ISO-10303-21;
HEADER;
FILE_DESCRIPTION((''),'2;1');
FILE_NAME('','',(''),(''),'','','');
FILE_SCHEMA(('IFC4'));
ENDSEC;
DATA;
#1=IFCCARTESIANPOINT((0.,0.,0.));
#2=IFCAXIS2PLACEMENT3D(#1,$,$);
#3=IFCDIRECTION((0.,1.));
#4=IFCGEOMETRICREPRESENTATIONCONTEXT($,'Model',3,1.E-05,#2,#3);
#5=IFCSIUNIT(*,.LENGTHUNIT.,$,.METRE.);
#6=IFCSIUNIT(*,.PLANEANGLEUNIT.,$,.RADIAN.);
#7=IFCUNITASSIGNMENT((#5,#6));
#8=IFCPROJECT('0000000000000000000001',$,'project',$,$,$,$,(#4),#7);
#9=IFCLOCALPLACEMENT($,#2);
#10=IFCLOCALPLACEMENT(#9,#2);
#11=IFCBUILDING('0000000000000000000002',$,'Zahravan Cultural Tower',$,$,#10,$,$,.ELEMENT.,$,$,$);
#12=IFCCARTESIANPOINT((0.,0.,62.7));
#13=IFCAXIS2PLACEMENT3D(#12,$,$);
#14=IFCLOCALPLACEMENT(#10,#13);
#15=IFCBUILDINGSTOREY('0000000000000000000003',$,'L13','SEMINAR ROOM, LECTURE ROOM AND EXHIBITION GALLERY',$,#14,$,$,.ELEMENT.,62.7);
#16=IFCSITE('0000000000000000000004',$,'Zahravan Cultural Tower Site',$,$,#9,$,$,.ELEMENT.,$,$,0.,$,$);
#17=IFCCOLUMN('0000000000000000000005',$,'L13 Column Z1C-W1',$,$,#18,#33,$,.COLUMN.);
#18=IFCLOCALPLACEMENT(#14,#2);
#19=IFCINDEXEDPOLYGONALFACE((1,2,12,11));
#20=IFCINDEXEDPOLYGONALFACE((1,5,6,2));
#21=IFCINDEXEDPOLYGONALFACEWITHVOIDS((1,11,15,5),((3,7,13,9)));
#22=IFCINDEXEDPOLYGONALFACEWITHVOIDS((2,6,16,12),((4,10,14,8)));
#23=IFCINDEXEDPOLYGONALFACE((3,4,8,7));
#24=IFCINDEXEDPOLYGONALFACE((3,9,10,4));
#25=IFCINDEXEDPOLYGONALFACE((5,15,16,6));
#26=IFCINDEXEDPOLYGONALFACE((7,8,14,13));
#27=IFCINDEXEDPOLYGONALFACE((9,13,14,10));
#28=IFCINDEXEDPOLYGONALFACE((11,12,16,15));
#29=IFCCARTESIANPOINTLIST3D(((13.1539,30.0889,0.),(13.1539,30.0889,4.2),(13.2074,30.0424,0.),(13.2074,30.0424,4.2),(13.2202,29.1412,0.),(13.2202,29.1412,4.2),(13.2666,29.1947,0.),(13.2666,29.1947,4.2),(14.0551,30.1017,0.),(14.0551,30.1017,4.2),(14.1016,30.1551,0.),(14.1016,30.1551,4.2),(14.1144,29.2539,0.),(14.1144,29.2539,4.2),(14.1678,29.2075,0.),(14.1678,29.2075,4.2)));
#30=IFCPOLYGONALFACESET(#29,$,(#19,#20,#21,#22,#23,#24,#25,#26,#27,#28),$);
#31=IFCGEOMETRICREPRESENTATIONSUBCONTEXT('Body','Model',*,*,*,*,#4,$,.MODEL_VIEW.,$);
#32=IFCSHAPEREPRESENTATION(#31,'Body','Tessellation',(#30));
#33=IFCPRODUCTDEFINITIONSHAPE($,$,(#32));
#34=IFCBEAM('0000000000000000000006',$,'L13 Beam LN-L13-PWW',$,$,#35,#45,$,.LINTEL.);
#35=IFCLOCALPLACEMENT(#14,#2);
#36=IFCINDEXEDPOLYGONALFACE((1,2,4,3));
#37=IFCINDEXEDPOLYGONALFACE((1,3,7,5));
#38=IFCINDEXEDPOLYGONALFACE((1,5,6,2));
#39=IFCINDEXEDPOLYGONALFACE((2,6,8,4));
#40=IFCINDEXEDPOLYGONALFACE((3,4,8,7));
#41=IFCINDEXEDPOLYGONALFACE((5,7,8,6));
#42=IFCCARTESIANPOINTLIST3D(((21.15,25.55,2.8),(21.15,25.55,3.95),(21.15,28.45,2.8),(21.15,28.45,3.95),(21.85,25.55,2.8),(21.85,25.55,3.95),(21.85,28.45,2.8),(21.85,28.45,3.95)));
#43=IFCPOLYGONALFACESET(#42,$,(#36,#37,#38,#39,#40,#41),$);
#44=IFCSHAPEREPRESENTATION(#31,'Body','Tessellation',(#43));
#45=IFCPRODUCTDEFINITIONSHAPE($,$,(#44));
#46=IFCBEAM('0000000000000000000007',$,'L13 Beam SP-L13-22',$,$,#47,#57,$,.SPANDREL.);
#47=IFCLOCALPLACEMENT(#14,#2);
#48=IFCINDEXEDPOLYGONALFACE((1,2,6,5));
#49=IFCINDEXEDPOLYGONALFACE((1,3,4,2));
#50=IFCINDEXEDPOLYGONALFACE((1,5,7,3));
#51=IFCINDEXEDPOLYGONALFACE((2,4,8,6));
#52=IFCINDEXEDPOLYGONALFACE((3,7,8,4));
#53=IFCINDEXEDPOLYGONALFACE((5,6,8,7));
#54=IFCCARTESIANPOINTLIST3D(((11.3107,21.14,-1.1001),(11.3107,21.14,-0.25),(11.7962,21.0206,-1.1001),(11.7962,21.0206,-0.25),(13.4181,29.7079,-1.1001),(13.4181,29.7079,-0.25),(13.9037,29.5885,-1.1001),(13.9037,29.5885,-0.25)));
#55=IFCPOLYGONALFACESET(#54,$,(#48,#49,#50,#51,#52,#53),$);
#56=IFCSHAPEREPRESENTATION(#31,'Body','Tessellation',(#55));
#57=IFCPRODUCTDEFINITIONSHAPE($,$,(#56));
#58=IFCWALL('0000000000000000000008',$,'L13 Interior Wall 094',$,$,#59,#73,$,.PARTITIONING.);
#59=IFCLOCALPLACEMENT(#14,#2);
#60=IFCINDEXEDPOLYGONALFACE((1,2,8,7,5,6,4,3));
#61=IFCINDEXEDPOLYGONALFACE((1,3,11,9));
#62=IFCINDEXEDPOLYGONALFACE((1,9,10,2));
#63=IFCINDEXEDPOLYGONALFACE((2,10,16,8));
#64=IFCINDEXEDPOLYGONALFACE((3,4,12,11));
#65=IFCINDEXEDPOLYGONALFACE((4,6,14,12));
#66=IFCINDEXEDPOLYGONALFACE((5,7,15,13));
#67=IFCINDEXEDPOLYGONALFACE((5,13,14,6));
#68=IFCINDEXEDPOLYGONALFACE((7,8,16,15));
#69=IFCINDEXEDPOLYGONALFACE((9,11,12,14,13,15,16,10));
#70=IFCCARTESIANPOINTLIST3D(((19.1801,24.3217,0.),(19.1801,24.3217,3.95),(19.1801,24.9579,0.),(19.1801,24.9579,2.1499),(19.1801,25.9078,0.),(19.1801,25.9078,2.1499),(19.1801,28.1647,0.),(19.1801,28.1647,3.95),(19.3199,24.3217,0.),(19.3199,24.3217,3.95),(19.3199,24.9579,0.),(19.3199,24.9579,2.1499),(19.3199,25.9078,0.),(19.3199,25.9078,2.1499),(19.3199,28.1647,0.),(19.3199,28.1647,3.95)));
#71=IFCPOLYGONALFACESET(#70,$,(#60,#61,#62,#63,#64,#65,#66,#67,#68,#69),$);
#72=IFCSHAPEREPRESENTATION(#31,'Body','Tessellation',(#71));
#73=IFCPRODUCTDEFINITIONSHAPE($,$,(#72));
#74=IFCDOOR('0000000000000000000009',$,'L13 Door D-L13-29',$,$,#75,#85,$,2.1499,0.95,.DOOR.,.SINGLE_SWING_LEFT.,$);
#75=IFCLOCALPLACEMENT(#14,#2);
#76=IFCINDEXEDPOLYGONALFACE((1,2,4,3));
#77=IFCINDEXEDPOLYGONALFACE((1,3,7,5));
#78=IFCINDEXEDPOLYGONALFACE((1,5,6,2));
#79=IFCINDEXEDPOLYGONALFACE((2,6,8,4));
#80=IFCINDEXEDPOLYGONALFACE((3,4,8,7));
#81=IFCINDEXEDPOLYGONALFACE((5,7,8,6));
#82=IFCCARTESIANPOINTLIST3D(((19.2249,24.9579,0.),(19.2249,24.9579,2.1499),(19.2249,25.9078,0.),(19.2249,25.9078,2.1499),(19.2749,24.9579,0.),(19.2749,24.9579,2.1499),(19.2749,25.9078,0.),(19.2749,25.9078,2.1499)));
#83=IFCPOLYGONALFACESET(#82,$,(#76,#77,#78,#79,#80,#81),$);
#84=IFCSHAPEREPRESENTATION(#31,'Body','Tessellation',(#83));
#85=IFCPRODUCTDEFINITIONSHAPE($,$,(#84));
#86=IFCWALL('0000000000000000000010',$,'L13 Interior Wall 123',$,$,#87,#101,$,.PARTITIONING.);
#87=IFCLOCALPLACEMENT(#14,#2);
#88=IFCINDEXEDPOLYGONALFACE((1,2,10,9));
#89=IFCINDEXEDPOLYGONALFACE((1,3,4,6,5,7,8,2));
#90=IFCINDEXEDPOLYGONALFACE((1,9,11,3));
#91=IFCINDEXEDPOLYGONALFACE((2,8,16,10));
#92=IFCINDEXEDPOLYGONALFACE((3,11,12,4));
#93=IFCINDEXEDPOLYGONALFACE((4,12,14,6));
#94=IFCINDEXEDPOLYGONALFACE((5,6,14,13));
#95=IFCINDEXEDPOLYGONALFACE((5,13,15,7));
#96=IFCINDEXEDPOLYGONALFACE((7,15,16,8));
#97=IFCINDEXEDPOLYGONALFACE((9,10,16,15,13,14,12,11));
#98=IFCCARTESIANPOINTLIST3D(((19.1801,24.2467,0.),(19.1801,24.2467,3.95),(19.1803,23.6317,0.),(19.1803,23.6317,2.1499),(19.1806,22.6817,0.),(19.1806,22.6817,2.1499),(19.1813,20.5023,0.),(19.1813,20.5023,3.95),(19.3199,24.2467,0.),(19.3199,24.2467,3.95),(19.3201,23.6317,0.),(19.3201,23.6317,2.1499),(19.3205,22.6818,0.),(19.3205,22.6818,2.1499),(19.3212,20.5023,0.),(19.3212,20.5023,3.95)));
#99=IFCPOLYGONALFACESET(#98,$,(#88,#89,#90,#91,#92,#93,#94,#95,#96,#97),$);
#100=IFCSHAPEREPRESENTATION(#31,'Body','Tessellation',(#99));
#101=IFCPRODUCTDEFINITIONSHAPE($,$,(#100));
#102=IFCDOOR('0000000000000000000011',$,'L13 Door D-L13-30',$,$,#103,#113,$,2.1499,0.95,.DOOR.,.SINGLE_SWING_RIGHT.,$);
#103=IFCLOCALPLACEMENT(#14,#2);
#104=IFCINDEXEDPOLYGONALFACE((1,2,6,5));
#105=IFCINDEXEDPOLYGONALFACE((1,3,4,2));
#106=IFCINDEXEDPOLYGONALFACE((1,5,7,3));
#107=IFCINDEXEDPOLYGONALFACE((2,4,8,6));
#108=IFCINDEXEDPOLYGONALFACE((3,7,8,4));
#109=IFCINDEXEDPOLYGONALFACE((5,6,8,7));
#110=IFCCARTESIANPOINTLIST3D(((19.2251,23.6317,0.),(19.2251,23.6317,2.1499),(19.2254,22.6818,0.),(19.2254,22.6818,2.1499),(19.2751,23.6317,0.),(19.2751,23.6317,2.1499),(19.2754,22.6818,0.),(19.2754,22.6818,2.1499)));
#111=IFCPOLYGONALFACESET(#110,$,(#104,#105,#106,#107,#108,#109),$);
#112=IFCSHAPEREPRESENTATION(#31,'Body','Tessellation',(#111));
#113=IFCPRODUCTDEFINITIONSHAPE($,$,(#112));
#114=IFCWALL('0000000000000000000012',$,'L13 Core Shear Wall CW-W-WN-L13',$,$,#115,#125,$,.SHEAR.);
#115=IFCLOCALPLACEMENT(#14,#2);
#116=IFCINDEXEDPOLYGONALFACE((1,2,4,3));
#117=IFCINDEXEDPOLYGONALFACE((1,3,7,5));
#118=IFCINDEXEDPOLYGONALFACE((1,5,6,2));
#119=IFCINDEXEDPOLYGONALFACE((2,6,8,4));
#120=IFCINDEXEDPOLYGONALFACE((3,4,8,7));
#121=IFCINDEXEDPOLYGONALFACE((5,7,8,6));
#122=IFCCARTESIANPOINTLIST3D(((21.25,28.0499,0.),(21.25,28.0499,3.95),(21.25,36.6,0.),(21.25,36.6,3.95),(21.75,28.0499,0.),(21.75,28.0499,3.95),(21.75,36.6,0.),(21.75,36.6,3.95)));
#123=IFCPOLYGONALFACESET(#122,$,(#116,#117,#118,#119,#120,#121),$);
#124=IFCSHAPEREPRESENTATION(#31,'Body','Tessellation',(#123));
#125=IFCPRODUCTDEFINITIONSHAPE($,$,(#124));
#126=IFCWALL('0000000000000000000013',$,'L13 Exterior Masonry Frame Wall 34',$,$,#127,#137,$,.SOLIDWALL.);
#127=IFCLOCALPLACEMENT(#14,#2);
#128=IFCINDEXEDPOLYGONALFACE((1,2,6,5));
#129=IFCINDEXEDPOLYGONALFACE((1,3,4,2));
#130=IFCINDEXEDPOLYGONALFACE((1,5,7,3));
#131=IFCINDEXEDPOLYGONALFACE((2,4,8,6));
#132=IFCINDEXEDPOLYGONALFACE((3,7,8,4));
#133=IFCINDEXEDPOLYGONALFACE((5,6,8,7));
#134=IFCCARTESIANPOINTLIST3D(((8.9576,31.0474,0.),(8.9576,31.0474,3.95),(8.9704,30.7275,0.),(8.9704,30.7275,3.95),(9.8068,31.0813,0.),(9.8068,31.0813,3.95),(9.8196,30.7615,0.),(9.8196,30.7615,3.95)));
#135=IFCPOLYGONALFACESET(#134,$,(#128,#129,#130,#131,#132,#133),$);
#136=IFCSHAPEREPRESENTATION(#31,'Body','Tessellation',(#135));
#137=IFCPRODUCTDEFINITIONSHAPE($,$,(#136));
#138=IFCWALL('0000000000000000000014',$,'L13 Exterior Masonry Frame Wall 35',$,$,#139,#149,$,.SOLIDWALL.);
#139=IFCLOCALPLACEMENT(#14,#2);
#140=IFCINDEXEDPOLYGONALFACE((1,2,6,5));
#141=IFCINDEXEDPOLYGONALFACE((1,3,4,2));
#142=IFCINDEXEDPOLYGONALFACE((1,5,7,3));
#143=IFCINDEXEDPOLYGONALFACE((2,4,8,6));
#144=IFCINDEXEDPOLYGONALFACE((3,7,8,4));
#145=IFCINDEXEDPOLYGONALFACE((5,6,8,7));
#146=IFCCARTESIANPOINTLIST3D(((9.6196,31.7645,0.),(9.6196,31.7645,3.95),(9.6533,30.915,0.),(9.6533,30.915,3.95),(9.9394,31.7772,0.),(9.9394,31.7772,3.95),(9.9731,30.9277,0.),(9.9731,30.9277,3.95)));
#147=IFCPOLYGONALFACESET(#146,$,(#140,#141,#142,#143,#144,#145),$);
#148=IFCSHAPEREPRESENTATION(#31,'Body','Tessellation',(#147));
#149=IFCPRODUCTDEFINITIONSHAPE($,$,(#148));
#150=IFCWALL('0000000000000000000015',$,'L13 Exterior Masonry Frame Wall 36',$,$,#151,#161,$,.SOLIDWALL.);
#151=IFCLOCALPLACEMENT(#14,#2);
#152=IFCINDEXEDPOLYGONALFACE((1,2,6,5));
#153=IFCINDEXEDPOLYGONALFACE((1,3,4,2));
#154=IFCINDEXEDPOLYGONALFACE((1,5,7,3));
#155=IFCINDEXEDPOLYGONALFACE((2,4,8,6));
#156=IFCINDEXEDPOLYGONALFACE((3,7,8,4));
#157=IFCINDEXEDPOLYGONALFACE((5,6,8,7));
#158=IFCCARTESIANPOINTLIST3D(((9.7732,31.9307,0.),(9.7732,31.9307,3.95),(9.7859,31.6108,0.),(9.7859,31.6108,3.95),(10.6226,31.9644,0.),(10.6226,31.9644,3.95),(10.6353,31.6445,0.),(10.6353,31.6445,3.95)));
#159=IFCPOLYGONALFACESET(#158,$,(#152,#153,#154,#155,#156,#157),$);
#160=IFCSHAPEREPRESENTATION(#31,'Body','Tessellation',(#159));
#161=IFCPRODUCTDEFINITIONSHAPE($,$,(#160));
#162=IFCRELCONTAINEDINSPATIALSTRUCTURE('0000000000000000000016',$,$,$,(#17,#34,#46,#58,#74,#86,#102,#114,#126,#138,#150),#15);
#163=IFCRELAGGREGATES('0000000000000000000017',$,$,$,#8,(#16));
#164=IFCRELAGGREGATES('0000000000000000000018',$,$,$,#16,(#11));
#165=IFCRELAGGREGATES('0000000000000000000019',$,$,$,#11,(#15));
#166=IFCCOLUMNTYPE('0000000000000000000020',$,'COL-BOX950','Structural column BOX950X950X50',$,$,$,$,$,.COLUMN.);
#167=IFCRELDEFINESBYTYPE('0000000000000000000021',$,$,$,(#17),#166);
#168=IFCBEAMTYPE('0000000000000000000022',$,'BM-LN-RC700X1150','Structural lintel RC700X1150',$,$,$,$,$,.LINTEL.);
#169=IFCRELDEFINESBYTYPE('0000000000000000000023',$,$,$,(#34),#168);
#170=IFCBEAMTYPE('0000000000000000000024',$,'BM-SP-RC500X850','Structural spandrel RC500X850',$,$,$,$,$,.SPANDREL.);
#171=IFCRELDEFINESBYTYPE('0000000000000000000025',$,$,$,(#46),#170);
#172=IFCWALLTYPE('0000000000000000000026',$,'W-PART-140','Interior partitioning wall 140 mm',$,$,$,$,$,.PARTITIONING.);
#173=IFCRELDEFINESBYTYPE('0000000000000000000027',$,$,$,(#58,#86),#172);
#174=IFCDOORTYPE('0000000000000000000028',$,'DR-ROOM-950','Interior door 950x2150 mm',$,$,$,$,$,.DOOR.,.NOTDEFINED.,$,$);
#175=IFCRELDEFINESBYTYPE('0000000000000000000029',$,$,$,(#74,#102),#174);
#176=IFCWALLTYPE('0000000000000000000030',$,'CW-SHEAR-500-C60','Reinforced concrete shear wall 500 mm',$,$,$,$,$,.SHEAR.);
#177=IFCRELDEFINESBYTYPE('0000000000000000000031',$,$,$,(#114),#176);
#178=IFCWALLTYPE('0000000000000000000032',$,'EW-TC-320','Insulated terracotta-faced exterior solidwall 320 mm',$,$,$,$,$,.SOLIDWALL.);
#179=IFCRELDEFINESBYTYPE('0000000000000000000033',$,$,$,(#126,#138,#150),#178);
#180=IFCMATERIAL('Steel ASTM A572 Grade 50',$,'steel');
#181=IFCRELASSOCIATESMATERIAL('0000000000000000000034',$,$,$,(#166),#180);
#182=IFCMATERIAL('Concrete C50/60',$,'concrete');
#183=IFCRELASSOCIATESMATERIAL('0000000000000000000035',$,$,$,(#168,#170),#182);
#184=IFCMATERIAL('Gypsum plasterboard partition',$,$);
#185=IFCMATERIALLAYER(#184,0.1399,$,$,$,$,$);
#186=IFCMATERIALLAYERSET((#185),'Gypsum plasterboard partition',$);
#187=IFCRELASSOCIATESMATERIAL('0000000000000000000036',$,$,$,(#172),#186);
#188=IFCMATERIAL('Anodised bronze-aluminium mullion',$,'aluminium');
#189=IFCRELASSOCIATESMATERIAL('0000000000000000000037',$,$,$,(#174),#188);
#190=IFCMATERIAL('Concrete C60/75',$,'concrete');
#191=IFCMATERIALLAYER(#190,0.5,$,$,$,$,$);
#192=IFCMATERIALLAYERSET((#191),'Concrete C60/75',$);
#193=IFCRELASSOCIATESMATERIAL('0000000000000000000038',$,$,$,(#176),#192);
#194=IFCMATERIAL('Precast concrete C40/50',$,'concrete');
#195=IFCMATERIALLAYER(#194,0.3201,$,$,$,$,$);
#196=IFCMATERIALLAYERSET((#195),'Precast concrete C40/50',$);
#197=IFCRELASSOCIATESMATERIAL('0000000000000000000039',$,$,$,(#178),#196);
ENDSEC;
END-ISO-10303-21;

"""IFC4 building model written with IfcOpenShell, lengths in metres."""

from ifc_helpers import new_model, si_unit, direction, frame, frame_2d, origin, origin_2d, place, context, subcontext, project, spatial, rectangle, hollow_rectangle, extrude, source, transform, mapped, material, layer, layer_set, material_profile, profile_set, type_object, element, fill, save


model = new_model("IFC4")

# Units and contexts
model_context = context("Model", 3, precision=1e-05, world=origin(), true_north=direction((0.0, 1.0)))
body_context = subcontext(model_context, "Body", "Model", "MODEL_VIEW")
ifc_project = project(units=[si_unit("LENGTHUNIT", "METRE"), si_unit("PLANEANGLEUNIT", "RADIAN")], contexts=[model_context])

# Site, building, storey
site_placement = place(None, origin())
site = spatial("IfcSite", under=ifc_project, at=site_placement, Name="Zahravan Cultural Tower Site", CompositionType="ELEMENT", RefElevation=0.0)
building_placement = place(site_placement, origin())
building = spatial("IfcBuilding", under=site, at=building_placement, Name="Zahravan Cultural Tower", CompositionType="ELEMENT")
storey_placement = place(building_placement, frame((0.0, 0.0, 62.7)))
storey = spatial("IfcBuildingStorey", under=building, at=storey_placement, Name="L13", Description="SEMINAR ROOM, LECTURE ROOM AND EXHIBITION GALLERY", CompositionType="ELEMENT", Elevation=62.7)

# Column
ifc_material_1 = material(Name="Steel ASTM A572 Grade 50", Category="steel")
ifc_material_profile_1 = material_profile(ifc_material_1, hollow_rectangle(XDim=0.95, YDim=0.95, WallThickness=0.05, at=origin_2d()), Name="BOX950X950X50")
ifc_profile_set_1 = profile_set([ifc_material_profile_1], Name="Steel ASTM A572 Grade 50")
column_type = type_object("IfcColumnType", Name="COL-BOX950", Description="Structural column BOX950X950X50", PredefinedType="COLUMN", material=ifc_profile_set_1)
shared_shape_1 = source(origin(), body_context, "Body", "SweptSolid", [
    extrude(hollow_rectangle(XDim=0.95, YDim=0.95, WallThickness=0.05, at=origin_2d()), origin(), (0.0, 0.0, 1.0), 4.2),
])
column_placement = place(storey_placement, frame((13.6609, 29.6482, 0.0), z_axis=(0.0, 0.0, 1.0), x_axis=(0.997564, 0.069756, 0.0)))
element("IfcColumn", 1, at=column_placement, inside=storey, type_object=column_type, Name="L13 Column Z1C-W1", PredefinedType="COLUMN", context=body_context, shape_type="MappedRepresentation", body=[
    mapped(shared_shape_1, transform((0.0, 0.0, 0.0), x_axis=(1.0, 0.0, 0.0), y_axis=(0.0, 1.0, 0.0), z_axis=(0.0, 0.0, 1.0), scale=1.0)),
])

# Beams
ifc_material_2 = material(Name="Concrete C50/60", Category="concrete")
ifc_material_profile_2 = material_profile(ifc_material_2, rectangle(XDim=0.7, YDim=1.1499, at=origin_2d()), Name="RC700X1150")
ifc_profile_set_2 = profile_set([ifc_material_profile_2], Name="Concrete C50/60")
beam_type_1 = type_object("IfcBeamType", Name="BM-LN-RC700X1150", Description="Structural lintel RC700X1150", PredefinedType="LINTEL", material=ifc_profile_set_2)
shared_shape_2 = source(origin(), body_context, "Body", "SweptSolid", [
    extrude(rectangle(XDim=0.7, YDim=1.1499, at=origin_2d()), origin(), (0.0, 0.0, 1.0), 2.8999),
])
beam_1_placement = place(storey_placement, frame((21.5, 25.55, 3.375), z_axis=(0.0, 1.0, 0.0), x_axis=(-1.0, 0.0, 0.0)))
element("IfcBeam", 2, at=beam_1_placement, inside=storey, type_object=beam_type_1, Name="L13 Beam LN-L13-PWW", PredefinedType="LINTEL", context=body_context, shape_type="MappedRepresentation", body=[
    mapped(shared_shape_2, transform((0.0, 0.0, 0.0), x_axis=(1.0, 0.0, 0.0), y_axis=(0.0, 1.0, 0.0), z_axis=(0.0, 0.0, 1.0), scale=1.0)),
])
ifc_material_profile_3 = material_profile(ifc_material_2, rectangle(XDim=0.5, YDim=0.8501, at=origin_2d()), Name="RC500X850")
ifc_profile_set_3 = profile_set([ifc_material_profile_3], Name="Concrete C50/60")
beam_type_2 = type_object("IfcBeamType", Name="BM-SP-RC500X850", Description="Structural spandrel RC500X850", PredefinedType="SPANDREL", material=ifc_profile_set_3)
shared_shape_3 = source(origin(), body_context, "Body", "SweptSolid", [
    extrude(rectangle(XDim=0.5, YDim=0.8501, at=origin_2d()), origin(), (0.0, 0.0, 1.0), 8.8232),
])
beam_2_placement = place(storey_placement, frame((13.6609, 29.6482, -0.675), z_axis=(-0.238849, -0.971057, 0.0), x_axis=(0.971057, -0.238849, 0.0)))
element("IfcBeam", 3, at=beam_2_placement, inside=storey, type_object=beam_type_2, Name="L13 Beam SP-L13-22", PredefinedType="SPANDREL", context=body_context, shape_type="MappedRepresentation", body=[
    mapped(shared_shape_3, transform((0.0, 0.0, 0.0), x_axis=(1.0, 0.0, 0.0), y_axis=(0.0, 1.0, 0.0), z_axis=(0.0, 0.0, 1.0), scale=1.0)),
])

# Walls, openings, doors
ifc_material_3 = material(Name="Gypsum plasterboard partition")
ifc_layer_1 = layer(ifc_material_3, 0.1399)
ifc_layer_set_1 = layer_set([ifc_layer_1], Name="Gypsum plasterboard partition")
wall_type_1 = type_object("IfcWallType", Name="W-PART-140", Description="Interior partitioning wall 140 mm", PredefinedType="PARTITIONING", material=ifc_layer_set_1)
wall_1_placement = place(storey_placement, frame((19.25, 28.1646, 0.0), z_axis=(0.0, 0.0, 1.0), x_axis=(0.0, -1.0, 0.0)))
wall_1 = element("IfcWall", 4, at=wall_1_placement, inside=storey, type_object=wall_type_1, Name="L13 Interior Wall 094", PredefinedType="PARTITIONING", context=body_context, shape_type="SweptSolid", body=[
    extrude(rectangle(XDim=3.843, YDim=0.1399, at=frame_2d((1.9214, 0.0))), origin(), (0.0, 0.0, 1.0), 3.95),
])
opening_1_placement = place(wall_1_placement, frame((2.2566, 0.0, 0.0)))
opening_1 = element("IfcOpeningElement", 5, at=opening_1_placement, cuts=wall_1, PredefinedType="OPENING", context=body_context, shape_type="SweptSolid", body=[
    extrude(rectangle(XDim=0.95, YDim=2.1499, at=frame_2d((0.4751, 1.075))), frame((0.0, 0.0798, 0.0), z_axis=(0.0, -1.0, 0.0), x_axis=(1.0, 0.0, 0.0)), (0.0, 0.0, 1.0), 0.1599),
])
ifc_material_4 = material(Name="Anodised bronze-aluminium mullion", Category="aluminium")
door_type = type_object("IfcDoorType", Name="DR-ROOM-950", Description="Interior door 950x2150 mm", OperationType="NOTDEFINED", PredefinedType="DOOR", material=ifc_material_4)
shared_shape_4 = source(origin(), body_context, "Body", "SweptSolid", [
    extrude(rectangle(XDim=0.95, YDim=2.1499, at=frame_2d((0.4751, 1.075))), frame((0.0, 0.0249, 0.0), z_axis=(0.0, -1.0, 0.0), x_axis=(1.0, 0.0, 0.0)), (0.0, 0.0, 1.0), 0.05),
])
door_1_placement = place(opening_1_placement, origin())
door_1 = element("IfcDoor", 6, at=door_1_placement, inside=storey, type_object=door_type, Name="L13 Door D-L13-29", OperationType="SINGLE_SWING_LEFT", OverallHeight=2.1499, OverallWidth=0.95, PredefinedType="DOOR", context=body_context, shape_type="MappedRepresentation", body=[
    mapped(shared_shape_4, transform((0.0, 0.0, 0.0), x_axis=(1.0, 0.0, 0.0), y_axis=(0.0, 1.0, 0.0), z_axis=(0.0, 0.0, 1.0), scale=1.0)),
])
fill(opening_1, door_1)
wall_2_placement = place(storey_placement, frame((19.25, 24.2466, 0.0), z_axis=(0.0, 0.0, 1.0), x_axis=(0.000326, -1.0, 0.0)))
wall_2 = element("IfcWall", 7, at=wall_2_placement, inside=storey, type_object=wall_type_1, Name="L13 Interior Wall 123", PredefinedType="PARTITIONING", context=body_context, shape_type="SweptSolid", body=[
    extrude(rectangle(XDim=3.7444, YDim=0.1399, at=frame_2d((1.8721, 0.0))), origin(), (0.0, 0.0, 1.0), 3.95),
])
opening_2_placement = place(wall_2_placement, frame((0.6147, 0.0, 0.0)))
opening_2 = element("IfcOpeningElement", 8, at=opening_2_placement, cuts=wall_2, PredefinedType="OPENING", context=body_context, shape_type="SweptSolid", body=[
    extrude(rectangle(XDim=0.95, YDim=2.1499, at=frame_2d((0.4751, 1.075))), frame((0.0, 0.0798, 0.0), z_axis=(0.0, -1.0, 0.0), x_axis=(1.0, 0.0, 0.0)), (0.0, 0.0, 1.0), 0.1599),
])
door_2_placement = place(opening_2_placement, origin())
door_2 = element("IfcDoor", 9, at=door_2_placement, inside=storey, type_object=door_type, Name="L13 Door D-L13-30", OperationType="SINGLE_SWING_RIGHT", OverallHeight=2.1499, OverallWidth=0.95, PredefinedType="DOOR", context=body_context, shape_type="MappedRepresentation", body=[
    mapped(shared_shape_4, transform((0.0, 0.0, 0.0), x_axis=(1.0, 0.0, 0.0), y_axis=(0.0, 1.0, 0.0), z_axis=(0.0, 0.0, 1.0), scale=1.0)),
])
fill(opening_2, door_2)

# Walls
ifc_material_5 = material(Name="Concrete C60/75", Category="concrete")
ifc_layer_2 = layer(ifc_material_5, 0.5)
ifc_layer_set_2 = layer_set([ifc_layer_2], Name="Concrete C60/75")
wall_type_2 = type_object("IfcWallType", Name="CW-SHEAR-500-C60", Description="Reinforced concrete shear wall 500 mm", PredefinedType="SHEAR", material=ifc_layer_set_2)
shared_shape_5 = source(origin(), body_context, "Body", "SweptSolid", [
    extrude(rectangle(XDim=8.55, YDim=0.5, at=frame_2d((4.2749, 0.0))), origin(), (0.0, 0.0, 1.0), 3.95),
])
wall_3_placement = place(storey_placement, frame((21.5, 28.05, 0.0), z_axis=(0.0, 0.0, 1.0), x_axis=(0.0, 1.0, 0.0)))
element("IfcWall", 10, at=wall_3_placement, inside=storey, type_object=wall_type_2, Name="L13 Core Shear Wall CW-W-WN-L13", PredefinedType="SHEAR", context=body_context, shape_type="MappedRepresentation", body=[
    mapped(shared_shape_5, transform((0.0, 0.0, 0.0), x_axis=(1.0, 0.0, 0.0), y_axis=(0.0, 1.0, 0.0), z_axis=(0.0, 0.0, 1.0), scale=1.0)),
])
ifc_material_6 = material(Name="Precast concrete C40/50", Category="concrete")
ifc_layer_3 = layer(ifc_material_6, 0.3201)
ifc_layer_set_3 = layer_set([ifc_layer_3], Name="Precast concrete C40/50")
wall_type_3 = type_object("IfcWallType", Name="EW-TC-320", Description="Insulated terracotta-faced exterior solidwall 320 mm", PredefinedType="SOLIDWALL", material=ifc_layer_set_3)
shared_shape_6 = source(origin(), body_context, "Body", "SweptSolid", [
    extrude(rectangle(XDim=0.8499, YDim=0.3201, at=frame_2d((0.4248, 0.0))), origin(), (0.0, 0.0, 1.0), 3.95),
])
wall_4_placement = place(storey_placement, frame((8.9641, 30.8875, 0.0), z_axis=(0.0, 0.0, 1.0), x_axis=(0.999202, 0.039934, 0.0)))
element("IfcWall", 11, at=wall_4_placement, inside=storey, type_object=wall_type_3, Name="L13 Exterior Masonry Frame Wall 34", PredefinedType="SOLIDWALL", context=body_context, shape_type="MappedRepresentation", body=[
    mapped(shared_shape_6, transform((0.0, 0.0, 0.0), x_axis=(1.0, 0.0, 0.0), y_axis=(0.0, 1.0, 0.0), z_axis=(0.0, 0.0, 1.0), scale=1.0)),
])
shared_shape_7 = source(origin(), body_context, "Body", "SweptSolid", [
    extrude(rectangle(XDim=0.8501, YDim=0.3201, at=frame_2d((0.425, 0.0))), origin(), (0.0, 0.0, 1.0), 3.95),
])
for number, where, z_axis, x_axis, name in (
    (12, (9.8132, 30.9214, 0.0), (0.0, 0.0, 1.0), (-0.039635, 0.999214, 0.0), "L13 Exterior Masonry Frame Wall 35"),
    (13, (9.7795, 31.7708, 0.0), (0.0, 0.0, 1.0), (0.999214, 0.039635, 0.0), "L13 Exterior Masonry Frame Wall 36"),
):
    element("IfcWall", number, at=place(storey_placement, frame(where, z_axis=z_axis, x_axis=x_axis)), inside=storey, type_object=wall_type_3, Name=name, PredefinedType="SOLIDWALL", context=body_context, shape_type="MappedRepresentation", body=[
        mapped(shared_shape_7, transform((0.0, 0.0, 0.0), x_axis=(1.0, 0.0, 0.0), y_axis=(0.0, 1.0, 0.0), z_axis=(0.0, 0.0, 1.0), scale=1.0)),
    ])

save(model, "model.ifc")
